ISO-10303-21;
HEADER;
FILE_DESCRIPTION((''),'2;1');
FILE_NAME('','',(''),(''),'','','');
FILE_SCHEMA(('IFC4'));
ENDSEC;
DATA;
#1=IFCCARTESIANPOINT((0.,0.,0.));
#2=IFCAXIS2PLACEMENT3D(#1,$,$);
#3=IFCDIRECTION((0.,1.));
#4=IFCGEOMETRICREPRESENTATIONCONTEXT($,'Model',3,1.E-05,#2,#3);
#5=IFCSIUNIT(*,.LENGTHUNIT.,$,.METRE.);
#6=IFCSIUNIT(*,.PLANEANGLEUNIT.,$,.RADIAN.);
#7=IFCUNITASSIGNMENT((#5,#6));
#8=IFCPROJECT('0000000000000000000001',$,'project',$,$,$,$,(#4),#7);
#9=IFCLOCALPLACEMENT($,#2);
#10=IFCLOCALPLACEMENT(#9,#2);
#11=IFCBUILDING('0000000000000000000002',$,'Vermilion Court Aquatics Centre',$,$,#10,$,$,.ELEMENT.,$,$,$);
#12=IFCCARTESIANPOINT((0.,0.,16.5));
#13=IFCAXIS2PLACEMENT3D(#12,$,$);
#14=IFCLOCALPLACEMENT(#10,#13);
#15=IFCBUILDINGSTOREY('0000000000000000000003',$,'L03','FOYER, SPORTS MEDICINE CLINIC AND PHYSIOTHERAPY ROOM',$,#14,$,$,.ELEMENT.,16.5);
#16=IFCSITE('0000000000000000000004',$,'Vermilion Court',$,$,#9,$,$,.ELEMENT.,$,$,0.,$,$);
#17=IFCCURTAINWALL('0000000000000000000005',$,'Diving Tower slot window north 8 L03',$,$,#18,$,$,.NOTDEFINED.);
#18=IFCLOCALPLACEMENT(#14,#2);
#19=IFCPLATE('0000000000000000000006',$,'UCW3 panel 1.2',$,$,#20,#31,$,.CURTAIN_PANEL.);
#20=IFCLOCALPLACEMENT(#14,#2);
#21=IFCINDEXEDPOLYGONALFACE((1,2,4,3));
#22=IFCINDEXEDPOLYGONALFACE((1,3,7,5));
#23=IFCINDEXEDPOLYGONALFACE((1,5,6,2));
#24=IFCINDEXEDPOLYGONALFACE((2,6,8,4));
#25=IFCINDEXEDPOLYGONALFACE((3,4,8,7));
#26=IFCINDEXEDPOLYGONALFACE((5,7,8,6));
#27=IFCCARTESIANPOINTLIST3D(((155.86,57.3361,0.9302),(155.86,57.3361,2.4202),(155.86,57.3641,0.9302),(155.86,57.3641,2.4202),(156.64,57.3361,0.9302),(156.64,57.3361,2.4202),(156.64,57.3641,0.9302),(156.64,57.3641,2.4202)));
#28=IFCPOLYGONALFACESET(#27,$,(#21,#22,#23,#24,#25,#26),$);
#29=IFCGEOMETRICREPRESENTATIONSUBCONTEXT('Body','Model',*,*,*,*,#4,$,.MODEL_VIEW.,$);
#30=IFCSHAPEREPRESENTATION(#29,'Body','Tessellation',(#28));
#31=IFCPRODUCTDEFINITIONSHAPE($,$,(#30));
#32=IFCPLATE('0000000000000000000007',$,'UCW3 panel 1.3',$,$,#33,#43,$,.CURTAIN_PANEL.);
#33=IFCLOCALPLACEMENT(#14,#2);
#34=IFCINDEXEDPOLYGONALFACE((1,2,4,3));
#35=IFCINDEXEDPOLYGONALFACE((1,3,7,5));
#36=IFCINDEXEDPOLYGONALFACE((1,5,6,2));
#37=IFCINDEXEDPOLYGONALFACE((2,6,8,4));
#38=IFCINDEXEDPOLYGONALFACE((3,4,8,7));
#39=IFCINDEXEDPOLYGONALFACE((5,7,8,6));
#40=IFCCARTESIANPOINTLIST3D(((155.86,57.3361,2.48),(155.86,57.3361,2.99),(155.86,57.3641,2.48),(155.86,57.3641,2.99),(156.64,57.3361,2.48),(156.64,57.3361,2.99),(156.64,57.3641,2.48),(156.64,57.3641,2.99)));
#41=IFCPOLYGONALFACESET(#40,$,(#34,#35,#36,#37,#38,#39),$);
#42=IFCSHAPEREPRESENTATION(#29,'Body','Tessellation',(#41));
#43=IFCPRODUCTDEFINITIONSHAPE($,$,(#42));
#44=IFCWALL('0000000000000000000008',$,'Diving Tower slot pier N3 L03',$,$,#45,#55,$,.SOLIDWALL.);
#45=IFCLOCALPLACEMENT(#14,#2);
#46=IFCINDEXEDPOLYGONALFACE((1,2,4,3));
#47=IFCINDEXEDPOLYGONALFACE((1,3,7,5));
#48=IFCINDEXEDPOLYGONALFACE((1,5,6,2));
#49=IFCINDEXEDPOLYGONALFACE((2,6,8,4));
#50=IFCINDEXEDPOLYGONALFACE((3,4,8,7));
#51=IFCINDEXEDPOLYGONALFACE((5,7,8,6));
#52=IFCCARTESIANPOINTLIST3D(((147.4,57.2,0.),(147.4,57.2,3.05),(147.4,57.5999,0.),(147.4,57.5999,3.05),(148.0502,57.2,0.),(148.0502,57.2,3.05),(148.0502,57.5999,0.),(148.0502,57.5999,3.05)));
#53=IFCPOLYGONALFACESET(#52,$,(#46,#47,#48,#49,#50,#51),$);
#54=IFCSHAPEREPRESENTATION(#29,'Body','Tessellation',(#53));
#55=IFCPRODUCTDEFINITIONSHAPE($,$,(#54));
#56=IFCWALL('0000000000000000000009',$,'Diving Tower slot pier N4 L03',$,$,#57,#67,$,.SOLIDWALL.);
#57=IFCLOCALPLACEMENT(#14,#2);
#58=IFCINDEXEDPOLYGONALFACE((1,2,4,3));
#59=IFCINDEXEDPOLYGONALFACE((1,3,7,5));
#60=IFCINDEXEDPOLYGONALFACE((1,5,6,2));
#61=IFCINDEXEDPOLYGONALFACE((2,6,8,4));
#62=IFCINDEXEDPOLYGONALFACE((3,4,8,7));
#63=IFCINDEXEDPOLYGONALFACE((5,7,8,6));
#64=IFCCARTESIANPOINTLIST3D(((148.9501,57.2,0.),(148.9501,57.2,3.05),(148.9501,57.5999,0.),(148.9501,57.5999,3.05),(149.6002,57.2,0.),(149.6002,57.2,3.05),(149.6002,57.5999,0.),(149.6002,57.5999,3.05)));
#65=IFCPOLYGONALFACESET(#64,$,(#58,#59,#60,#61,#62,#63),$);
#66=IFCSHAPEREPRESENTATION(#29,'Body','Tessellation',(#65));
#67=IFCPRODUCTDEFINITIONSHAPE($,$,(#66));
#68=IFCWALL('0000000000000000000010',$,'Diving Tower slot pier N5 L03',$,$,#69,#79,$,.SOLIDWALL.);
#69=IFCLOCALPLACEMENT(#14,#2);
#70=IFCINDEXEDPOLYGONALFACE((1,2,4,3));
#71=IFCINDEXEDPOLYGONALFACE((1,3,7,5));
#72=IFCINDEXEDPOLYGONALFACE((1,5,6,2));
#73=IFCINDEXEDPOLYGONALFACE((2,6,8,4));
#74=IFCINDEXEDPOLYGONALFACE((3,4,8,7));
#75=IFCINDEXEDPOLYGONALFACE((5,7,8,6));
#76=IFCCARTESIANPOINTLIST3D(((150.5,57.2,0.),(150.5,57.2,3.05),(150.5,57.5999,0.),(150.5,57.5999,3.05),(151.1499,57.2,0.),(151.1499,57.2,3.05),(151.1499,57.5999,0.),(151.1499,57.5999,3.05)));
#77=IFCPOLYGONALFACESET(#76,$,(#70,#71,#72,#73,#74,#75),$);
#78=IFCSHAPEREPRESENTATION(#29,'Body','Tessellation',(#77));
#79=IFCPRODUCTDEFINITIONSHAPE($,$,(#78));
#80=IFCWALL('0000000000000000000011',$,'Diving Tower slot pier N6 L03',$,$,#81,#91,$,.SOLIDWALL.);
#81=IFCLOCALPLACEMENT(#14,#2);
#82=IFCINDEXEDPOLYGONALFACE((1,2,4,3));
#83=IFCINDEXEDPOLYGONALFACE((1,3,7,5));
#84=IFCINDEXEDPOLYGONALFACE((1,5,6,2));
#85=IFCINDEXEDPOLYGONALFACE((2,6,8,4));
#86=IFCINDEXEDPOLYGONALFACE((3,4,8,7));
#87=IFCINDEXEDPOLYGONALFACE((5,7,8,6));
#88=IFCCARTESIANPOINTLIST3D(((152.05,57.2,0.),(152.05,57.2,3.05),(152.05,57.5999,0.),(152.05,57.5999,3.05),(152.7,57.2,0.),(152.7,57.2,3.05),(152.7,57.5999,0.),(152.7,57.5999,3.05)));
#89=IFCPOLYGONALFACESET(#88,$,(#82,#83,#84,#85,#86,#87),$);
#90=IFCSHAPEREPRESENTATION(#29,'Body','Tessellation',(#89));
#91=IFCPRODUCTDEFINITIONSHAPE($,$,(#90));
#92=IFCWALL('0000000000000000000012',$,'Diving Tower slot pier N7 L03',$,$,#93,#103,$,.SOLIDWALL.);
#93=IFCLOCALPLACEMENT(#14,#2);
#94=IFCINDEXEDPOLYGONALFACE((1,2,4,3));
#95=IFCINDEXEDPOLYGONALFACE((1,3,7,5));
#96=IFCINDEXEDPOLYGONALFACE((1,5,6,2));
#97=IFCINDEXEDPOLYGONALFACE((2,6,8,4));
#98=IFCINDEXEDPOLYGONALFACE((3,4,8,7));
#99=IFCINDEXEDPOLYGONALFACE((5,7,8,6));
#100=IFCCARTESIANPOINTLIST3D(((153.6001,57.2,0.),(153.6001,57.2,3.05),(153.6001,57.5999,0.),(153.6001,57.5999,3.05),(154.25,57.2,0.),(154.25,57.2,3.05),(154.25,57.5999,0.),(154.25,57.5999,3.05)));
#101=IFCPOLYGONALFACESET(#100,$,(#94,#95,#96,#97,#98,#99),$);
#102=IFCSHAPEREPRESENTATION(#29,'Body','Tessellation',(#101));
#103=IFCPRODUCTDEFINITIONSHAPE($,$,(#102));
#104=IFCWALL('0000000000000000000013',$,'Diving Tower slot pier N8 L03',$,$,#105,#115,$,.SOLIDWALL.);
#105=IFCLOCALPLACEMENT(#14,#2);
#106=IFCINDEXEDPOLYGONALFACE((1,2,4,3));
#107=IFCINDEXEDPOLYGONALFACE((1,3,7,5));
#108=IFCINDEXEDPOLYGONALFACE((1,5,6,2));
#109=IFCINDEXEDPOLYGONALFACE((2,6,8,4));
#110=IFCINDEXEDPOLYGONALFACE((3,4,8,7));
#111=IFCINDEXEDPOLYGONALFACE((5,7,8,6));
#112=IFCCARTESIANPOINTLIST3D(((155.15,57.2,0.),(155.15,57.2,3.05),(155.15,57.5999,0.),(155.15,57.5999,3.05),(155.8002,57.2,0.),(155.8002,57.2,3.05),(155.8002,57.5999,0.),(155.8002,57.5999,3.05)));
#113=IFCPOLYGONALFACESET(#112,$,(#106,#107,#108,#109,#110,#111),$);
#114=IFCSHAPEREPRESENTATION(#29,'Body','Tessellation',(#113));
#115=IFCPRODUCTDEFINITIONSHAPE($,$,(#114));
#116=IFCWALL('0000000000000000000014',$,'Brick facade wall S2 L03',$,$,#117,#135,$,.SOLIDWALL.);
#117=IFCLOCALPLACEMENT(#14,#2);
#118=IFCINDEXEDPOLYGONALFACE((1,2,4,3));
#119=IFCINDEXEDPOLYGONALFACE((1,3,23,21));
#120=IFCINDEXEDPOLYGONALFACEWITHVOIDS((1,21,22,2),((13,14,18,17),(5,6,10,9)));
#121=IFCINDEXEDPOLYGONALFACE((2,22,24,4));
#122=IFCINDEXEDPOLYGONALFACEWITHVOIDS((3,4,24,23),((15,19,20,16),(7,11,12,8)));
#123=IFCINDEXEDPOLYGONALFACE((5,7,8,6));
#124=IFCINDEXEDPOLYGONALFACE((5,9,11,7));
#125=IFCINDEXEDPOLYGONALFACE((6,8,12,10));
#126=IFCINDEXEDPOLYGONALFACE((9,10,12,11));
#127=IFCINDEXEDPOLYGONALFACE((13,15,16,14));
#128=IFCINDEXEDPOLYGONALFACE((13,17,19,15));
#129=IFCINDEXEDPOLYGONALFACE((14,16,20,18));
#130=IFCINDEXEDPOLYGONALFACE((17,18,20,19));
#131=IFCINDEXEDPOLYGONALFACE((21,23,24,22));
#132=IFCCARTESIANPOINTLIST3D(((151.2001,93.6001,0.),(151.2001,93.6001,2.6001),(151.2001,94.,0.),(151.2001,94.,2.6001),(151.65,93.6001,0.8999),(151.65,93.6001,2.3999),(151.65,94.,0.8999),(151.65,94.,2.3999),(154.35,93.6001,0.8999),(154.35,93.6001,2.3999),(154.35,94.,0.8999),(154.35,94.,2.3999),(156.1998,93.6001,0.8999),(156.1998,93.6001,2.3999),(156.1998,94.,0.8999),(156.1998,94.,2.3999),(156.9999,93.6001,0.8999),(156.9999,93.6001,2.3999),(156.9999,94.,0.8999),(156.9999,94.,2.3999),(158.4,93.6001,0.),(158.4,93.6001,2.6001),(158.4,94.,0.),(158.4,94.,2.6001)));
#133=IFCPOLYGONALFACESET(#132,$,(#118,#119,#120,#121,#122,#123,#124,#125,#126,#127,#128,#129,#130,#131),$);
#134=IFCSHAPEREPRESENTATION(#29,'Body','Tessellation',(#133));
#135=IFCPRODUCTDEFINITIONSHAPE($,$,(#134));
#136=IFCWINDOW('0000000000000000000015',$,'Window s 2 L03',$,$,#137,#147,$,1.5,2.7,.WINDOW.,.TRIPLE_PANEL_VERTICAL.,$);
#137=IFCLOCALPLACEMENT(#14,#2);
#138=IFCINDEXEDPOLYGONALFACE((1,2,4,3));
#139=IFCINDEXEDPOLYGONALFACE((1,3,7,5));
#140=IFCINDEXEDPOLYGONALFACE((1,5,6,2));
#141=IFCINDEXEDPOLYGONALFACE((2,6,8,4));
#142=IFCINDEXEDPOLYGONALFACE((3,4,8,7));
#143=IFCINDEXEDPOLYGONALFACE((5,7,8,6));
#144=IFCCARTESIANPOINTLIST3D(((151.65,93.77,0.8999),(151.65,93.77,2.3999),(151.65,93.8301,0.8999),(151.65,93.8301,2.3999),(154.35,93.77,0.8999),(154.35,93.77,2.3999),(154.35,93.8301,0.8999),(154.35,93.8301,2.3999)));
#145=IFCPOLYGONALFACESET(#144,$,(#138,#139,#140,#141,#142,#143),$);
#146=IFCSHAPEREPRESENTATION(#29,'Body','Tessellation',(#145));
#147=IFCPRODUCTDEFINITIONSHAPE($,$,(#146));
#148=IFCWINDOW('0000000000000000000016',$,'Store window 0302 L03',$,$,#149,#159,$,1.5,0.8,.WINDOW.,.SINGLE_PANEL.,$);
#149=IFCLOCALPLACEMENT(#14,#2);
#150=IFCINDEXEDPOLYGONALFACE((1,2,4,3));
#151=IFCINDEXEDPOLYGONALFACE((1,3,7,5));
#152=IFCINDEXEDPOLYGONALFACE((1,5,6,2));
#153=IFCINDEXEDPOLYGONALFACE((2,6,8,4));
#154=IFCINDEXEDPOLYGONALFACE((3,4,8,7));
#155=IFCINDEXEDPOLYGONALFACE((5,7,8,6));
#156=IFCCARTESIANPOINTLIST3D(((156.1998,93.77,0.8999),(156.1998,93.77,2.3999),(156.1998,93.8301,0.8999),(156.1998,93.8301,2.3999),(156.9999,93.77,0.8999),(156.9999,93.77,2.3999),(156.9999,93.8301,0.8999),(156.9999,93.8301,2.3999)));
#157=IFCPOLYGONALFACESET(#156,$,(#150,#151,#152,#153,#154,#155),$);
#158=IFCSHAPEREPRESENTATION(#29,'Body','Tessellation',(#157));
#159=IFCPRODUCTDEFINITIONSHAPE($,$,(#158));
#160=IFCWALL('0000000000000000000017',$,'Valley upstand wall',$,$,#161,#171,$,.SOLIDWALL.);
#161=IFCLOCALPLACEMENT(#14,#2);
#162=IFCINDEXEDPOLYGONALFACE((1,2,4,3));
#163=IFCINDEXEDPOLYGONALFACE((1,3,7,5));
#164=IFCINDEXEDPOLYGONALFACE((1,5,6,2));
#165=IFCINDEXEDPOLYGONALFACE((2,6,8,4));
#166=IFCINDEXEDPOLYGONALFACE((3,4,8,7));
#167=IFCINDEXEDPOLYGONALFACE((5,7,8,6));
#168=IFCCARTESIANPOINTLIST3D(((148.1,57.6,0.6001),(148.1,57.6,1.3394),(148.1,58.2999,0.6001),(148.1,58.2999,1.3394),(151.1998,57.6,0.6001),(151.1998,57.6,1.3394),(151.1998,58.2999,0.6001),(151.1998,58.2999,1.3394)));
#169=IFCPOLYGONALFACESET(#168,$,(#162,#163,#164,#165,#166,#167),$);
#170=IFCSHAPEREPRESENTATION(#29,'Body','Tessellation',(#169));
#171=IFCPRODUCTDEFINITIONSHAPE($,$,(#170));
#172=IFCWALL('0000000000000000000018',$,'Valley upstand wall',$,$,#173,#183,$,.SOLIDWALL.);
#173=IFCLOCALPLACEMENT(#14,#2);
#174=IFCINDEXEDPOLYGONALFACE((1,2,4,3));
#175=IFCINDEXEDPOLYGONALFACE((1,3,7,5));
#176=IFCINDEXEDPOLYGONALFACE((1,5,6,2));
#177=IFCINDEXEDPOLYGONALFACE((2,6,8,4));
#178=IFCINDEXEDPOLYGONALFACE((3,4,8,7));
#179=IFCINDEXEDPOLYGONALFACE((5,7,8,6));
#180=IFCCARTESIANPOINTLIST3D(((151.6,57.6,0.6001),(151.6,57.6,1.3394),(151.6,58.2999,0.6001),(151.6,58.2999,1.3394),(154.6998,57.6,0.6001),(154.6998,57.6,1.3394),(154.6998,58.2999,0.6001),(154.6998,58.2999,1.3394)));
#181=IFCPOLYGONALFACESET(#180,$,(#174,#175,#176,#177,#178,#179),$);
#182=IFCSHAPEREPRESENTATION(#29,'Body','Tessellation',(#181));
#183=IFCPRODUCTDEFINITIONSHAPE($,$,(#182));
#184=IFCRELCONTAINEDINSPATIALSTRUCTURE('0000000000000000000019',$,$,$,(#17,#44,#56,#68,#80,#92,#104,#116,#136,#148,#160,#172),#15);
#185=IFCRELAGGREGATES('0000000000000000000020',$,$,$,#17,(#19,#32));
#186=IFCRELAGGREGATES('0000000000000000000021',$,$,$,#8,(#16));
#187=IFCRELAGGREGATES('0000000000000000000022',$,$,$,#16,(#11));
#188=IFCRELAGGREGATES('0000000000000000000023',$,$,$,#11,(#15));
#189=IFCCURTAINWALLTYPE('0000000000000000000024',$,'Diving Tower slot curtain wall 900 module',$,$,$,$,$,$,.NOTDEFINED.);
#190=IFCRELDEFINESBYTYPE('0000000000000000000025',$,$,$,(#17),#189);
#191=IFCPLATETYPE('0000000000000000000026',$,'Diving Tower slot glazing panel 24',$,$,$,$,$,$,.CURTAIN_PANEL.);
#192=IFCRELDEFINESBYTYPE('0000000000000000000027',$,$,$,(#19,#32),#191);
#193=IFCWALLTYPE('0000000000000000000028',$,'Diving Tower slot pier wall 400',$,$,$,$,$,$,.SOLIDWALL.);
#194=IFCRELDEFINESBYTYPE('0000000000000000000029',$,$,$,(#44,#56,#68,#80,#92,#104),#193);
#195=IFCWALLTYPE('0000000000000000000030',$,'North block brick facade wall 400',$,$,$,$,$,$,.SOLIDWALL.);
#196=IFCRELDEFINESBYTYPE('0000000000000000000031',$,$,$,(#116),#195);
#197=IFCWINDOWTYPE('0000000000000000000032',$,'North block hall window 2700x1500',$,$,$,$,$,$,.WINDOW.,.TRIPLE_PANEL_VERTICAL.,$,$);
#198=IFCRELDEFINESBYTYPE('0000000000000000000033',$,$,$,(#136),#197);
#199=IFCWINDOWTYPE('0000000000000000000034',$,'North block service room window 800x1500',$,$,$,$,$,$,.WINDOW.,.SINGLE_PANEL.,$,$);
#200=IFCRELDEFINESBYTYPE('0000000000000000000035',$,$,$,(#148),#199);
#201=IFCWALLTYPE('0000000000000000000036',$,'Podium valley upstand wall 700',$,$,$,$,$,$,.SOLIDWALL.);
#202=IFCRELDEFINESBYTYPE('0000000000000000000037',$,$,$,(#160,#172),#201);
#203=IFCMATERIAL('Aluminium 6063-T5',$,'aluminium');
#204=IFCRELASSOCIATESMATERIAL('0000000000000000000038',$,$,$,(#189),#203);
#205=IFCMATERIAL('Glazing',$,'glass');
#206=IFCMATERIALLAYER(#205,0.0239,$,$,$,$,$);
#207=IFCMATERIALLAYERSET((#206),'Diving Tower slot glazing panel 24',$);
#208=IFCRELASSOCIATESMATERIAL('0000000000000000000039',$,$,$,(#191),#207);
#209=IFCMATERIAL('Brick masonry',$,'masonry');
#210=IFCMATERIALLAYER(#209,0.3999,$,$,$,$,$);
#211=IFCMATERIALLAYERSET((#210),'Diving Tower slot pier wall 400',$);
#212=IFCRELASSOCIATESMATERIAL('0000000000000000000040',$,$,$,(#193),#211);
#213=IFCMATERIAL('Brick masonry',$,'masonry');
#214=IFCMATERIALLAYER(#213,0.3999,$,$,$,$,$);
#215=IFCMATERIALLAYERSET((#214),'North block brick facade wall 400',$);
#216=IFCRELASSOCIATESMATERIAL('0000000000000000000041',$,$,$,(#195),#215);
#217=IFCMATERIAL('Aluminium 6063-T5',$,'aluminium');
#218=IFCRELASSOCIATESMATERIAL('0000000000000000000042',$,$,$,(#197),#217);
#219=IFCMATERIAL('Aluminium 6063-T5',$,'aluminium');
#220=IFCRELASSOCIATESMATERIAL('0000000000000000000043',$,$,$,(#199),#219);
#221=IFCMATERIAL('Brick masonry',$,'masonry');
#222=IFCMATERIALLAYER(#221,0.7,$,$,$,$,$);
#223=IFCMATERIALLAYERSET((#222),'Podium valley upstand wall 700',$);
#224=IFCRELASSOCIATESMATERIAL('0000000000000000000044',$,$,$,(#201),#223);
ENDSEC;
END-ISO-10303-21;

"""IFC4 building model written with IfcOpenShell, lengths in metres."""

from ifc_helpers import new_model, si_unit, direction, frame, frame_2d, origin, origin_2d, place, context, subcontext, project, spatial, rectangle, extrude, material, layer, layer_set, type_object, element, fill, aggregate, save


model = new_model("IFC4")

# Units and contexts
model_context = context("Model", 3, precision=1e-05, world=origin(), true_north=direction((0.0, 1.0)))
body_context = subcontext(model_context, "Body", "Model", "MODEL_VIEW")
ifc_project = project(units=[si_unit("LENGTHUNIT", "METRE"), si_unit("PLANEANGLEUNIT", "RADIAN")], contexts=[model_context])

# Site, building, storey
site_placement = place(None, origin())
site = spatial("IfcSite", under=ifc_project, at=site_placement, Name="Vermilion Court", CompositionType="ELEMENT", RefElevation=0.0)
building_placement = place(site_placement, origin())
building = spatial("IfcBuilding", under=site, at=building_placement, Name="Vermilion Court Aquatics Centre", CompositionType="ELEMENT")
storey_placement = place(building_placement, frame((0.0, 0.0, 16.5)))
storey = spatial("IfcBuildingStorey", under=building, at=storey_placement, Name="L03", Description="FOYER, SPORTS MEDICINE CLINIC AND PHYSIOTHERAPY ROOM", CompositionType="ELEMENT", Elevation=16.5)

# Curtain wall
ifc_material_1 = material(Name="Aluminium 6063-T5", Category="aluminium")
curtain_wall_type = type_object("IfcCurtainWallType", Name="Diving Tower slot curtain wall 900 module", PredefinedType="NOTDEFINED", material=ifc_material_1)
curtain_wall_placement = place(storey_placement, origin())
curtain_wall = element("IfcCurtainWall", 1, at=curtain_wall_placement, inside=storey, type_object=curtain_wall_type, Name="Diving Tower slot window north 8 L03", PredefinedType="NOTDEFINED")

# Plates
ifc_material_2 = material(Name="Glazing", Category="glass")
ifc_layer_1 = layer(ifc_material_2, 0.0239)
ifc_layer_set_1 = layer_set([ifc_layer_1], Name="Diving Tower slot glazing panel 24")
plate_type = type_object("IfcPlateType", Name="Diving Tower slot glazing panel 24", PredefinedType="CURTAIN_PANEL", material=ifc_layer_set_1)
plate_1_placement = place(storey_placement, frame((156.25, 57.3501, 0.9302), z_axis=(0.0, 0.0, 1.0), x_axis=(1.0, 0.0, 0.0)))
plate_1 = element("IfcPlate", 2, at=plate_1_placement, type_object=plate_type, Name="UCW3 panel 1.2", PredefinedType="CURTAIN_PANEL", context=body_context, shape_type="SweptSolid", body=[
    extrude(rectangle(XDim=0.78, YDim=0.0281, at=origin_2d()), origin(), (0.0, 0.0, 1.0), 1.49),
])
plate_2_placement = place(storey_placement, frame((156.25, 57.3501, 2.48), z_axis=(0.0, 0.0, 1.0), x_axis=(1.0, 0.0, 0.0)))
plate_2 = element("IfcPlate", 3, at=plate_2_placement, type_object=plate_type, Name="UCW3 panel 1.3", PredefinedType="CURTAIN_PANEL", context=body_context, shape_type="SweptSolid", body=[
    extrude(rectangle(XDim=0.78, YDim=0.0281, at=origin_2d()), origin(), (0.0, 0.0, 1.0), 0.51),
])
aggregate(curtain_wall, [plate_1, plate_2])

# Walls
ifc_material_3 = material(Name="Brick masonry", Category="masonry")
ifc_layer_2 = layer(ifc_material_3, 0.3999)
ifc_layer_set_2 = layer_set([ifc_layer_2], Name="Diving Tower slot pier wall 400")
wall_type_1 = type_object("IfcWallType", Name="Diving Tower slot pier wall 400", PredefinedType="SOLIDWALL", material=ifc_layer_set_2)
for number, where, z_axis, x_axis, name in (
    (4, (147.3999, 57.3999, 0.0), (0.0, 0.0, 1.0), (1.0, 0.0, 0.0), "Diving Tower slot pier N3 L03"),
    (5, (148.95, 57.3999, 0.0), (0.0, 0.0, 1.0), (1.0, 0.0, 0.0), "Diving Tower slot pier N4 L03"),
):
    element("IfcWall", number, at=place(storey_placement, frame(where, z_axis=z_axis, x_axis=x_axis)), inside=storey, type_object=wall_type_1, Name=name, PredefinedType="SOLIDWALL", context=body_context, shape_type="SweptSolid", body=[
        extrude(rectangle(XDim=0.6501, YDim=0.3999, at=frame_2d((0.3252, 0.0))), origin(), (0.0, 0.0, 1.0), 3.05),
    ])
for number, where, z_axis, x_axis, name in (
    (6, (150.5, 57.3999, 0.0), (0.0, 0.0, 1.0), (1.0, 0.0, 0.0), "Diving Tower slot pier N5 L03"),
    (7, (152.05, 57.3999, 0.0), (0.0, 0.0, 1.0), (1.0, 0.0, 0.0), "Diving Tower slot pier N6 L03"),
    (8, (153.6001, 57.3999, 0.0), (0.0, 0.0, 1.0), (1.0, 0.0, 0.0), "Diving Tower slot pier N7 L03"),
):
    element("IfcWall", number, at=place(storey_placement, frame(where, z_axis=z_axis, x_axis=x_axis)), inside=storey, type_object=wall_type_1, Name=name, PredefinedType="SOLIDWALL", context=body_context, shape_type="SweptSolid", body=[
        extrude(rectangle(XDim=0.6499, YDim=0.3999, at=frame_2d((0.325, 0.0))), origin(), (0.0, 0.0, 1.0), 3.05),
    ])
wall_1_placement = place(storey_placement, frame((155.1499, 57.3999, 0.0), z_axis=(0.0, 0.0, 1.0), x_axis=(1.0, 0.0, 0.0)))
element("IfcWall", 9, at=wall_1_placement, inside=storey, type_object=wall_type_1, Name="Diving Tower slot pier N8 L03", PredefinedType="SOLIDWALL", context=body_context, shape_type="SweptSolid", body=[
    extrude(rectangle(XDim=0.6501, YDim=0.3999, at=frame_2d((0.3252, 0.0))), origin(), (0.0, 0.0, 1.0), 3.05),
])

# Wall, openings, windows
ifc_material_4 = material(Name="Brick masonry", Category="masonry")
ifc_layer_3 = layer(ifc_material_4, 0.3999)
ifc_layer_set_3 = layer_set([ifc_layer_3], Name="North block brick facade wall 400")
wall_type_2 = type_object("IfcWallType", Name="North block brick facade wall 400", PredefinedType="SOLIDWALL", material=ifc_layer_set_3)
wall_2_placement = place(storey_placement, frame((151.2, 93.8, 0.0), z_axis=(0.0, 0.0, 1.0), x_axis=(1.0, 0.0, 0.0)))
wall_2 = element("IfcWall", 10, at=wall_2_placement, inside=storey, type_object=wall_type_2, Name="Brick facade wall S2 L03", PredefinedType="SOLIDWALL", context=body_context, shape_type="SweptSolid", body=[
    extrude(rectangle(XDim=7.2, YDim=0.3999, at=frame_2d((3.6001, 0.0))), origin(), (0.0, 0.0, 1.0), 2.6001),
])
opening_1_placement = place(wall_2_placement, frame((0.45, 0.0, 0.8999)))
opening_1 = element("IfcOpeningElement", 11, at=opening_1_placement, cuts=wall_2, PredefinedType="OPENING", context=body_context, shape_type="SweptSolid", body=[
    extrude(rectangle(XDim=2.7, YDim=1.5, at=frame_2d((1.3501, 0.75))), frame((0.0, 0.21, 0.0), z_axis=(0.0, -1.0, 0.0), x_axis=(1.0, 0.0, 0.0)), (0.0, 0.0, 1.0), 0.4199),
])
opening_2_placement = place(wall_2_placement, frame((5.0, 0.0, 0.8999)))
opening_2 = element("IfcOpeningElement", 12, at=opening_2_placement, cuts=wall_2, PredefinedType="OPENING", context=body_context, shape_type="SweptSolid", body=[
    extrude(rectangle(XDim=0.8, YDim=1.5, at=frame_2d((0.3999, 0.75))), frame((0.0, 0.21, 0.0), z_axis=(0.0, -1.0, 0.0), x_axis=(1.0, 0.0, 0.0)), (0.0, 0.0, 1.0), 0.4199),
])
ifc_material_5 = material(Name="Aluminium 6063-T5", Category="aluminium")
window_type_1 = type_object("IfcWindowType", Name="North block hall window 2700x1500", PartitioningType="TRIPLE_PANEL_VERTICAL", PredefinedType="WINDOW", material=ifc_material_5)
window_1_placement = place(opening_1_placement, origin())
window_1 = element("IfcWindow", 13, at=window_1_placement, inside=storey, type_object=window_type_1, Name="Window s 2 L03", OverallHeight=1.5, OverallWidth=2.7, PartitioningType="TRIPLE_PANEL_VERTICAL", PredefinedType="WINDOW", context=body_context, shape_type="SweptSolid", body=[
    extrude(rectangle(XDim=2.7, YDim=1.5, at=frame_2d((1.3501, 0.75))), frame((0.0, 0.03, 0.0), z_axis=(0.0, -1.0, 0.0), x_axis=(1.0, 0.0, 0.0)), (0.0, 0.0, 1.0), 0.0601),
])
fill(opening_1, window_1)
ifc_material_6 = material(Name="Aluminium 6063-T5", Category="aluminium")
window_type_2 = type_object("IfcWindowType", Name="North block service room window 800x1500", PartitioningType="SINGLE_PANEL", PredefinedType="WINDOW", material=ifc_material_6)
window_2_placement = place(opening_2_placement, origin())
window_2 = element("IfcWindow", 14, at=window_2_placement, inside=storey, type_object=window_type_2, Name="Store window 0302 L03", OverallHeight=1.5, OverallWidth=0.8, PartitioningType="SINGLE_PANEL", PredefinedType="WINDOW", context=body_context, shape_type="SweptSolid", body=[
    extrude(rectangle(XDim=0.8, YDim=1.5, at=frame_2d((0.3999, 0.75))), frame((0.0, 0.03, 0.0), z_axis=(0.0, -1.0, 0.0), x_axis=(1.0, 0.0, 0.0)), (0.0, 0.0, 1.0), 0.0601),
])
fill(opening_2, window_2)

# Walls
ifc_material_7 = material(Name="Brick masonry", Category="masonry")
ifc_layer_4 = layer(ifc_material_7, 0.7)
ifc_layer_set_4 = layer_set([ifc_layer_4], Name="Podium valley upstand wall 700")
wall_type_3 = type_object("IfcWallType", Name="Podium valley upstand wall 700", PredefinedType="SOLIDWALL", material=ifc_layer_set_4)
for number, where, z_axis, x_axis, name in (
    (15, (148.1001, 57.95, 0.6001), (0.0, 0.0, 1.0), (1.0, 0.0, 0.0), "Valley upstand wall"),
    (16, (151.6001, 57.95, 0.6001), (0.0, 0.0, 1.0), (1.0, 0.0, 0.0), "Valley upstand wall"),
):
    element("IfcWall", number, at=place(storey_placement, frame(where, z_axis=z_axis, x_axis=x_axis)), inside=storey, type_object=wall_type_3, Name=name, PredefinedType="SOLIDWALL", context=body_context, shape_type="SweptSolid", body=[
        extrude(rectangle(XDim=3.0999, YDim=0.7, at=frame_2d((1.5498, 0.0))), origin(), (0.0, 0.0, 1.0), 0.7393),
    ])

save(model, "model.ifc")
